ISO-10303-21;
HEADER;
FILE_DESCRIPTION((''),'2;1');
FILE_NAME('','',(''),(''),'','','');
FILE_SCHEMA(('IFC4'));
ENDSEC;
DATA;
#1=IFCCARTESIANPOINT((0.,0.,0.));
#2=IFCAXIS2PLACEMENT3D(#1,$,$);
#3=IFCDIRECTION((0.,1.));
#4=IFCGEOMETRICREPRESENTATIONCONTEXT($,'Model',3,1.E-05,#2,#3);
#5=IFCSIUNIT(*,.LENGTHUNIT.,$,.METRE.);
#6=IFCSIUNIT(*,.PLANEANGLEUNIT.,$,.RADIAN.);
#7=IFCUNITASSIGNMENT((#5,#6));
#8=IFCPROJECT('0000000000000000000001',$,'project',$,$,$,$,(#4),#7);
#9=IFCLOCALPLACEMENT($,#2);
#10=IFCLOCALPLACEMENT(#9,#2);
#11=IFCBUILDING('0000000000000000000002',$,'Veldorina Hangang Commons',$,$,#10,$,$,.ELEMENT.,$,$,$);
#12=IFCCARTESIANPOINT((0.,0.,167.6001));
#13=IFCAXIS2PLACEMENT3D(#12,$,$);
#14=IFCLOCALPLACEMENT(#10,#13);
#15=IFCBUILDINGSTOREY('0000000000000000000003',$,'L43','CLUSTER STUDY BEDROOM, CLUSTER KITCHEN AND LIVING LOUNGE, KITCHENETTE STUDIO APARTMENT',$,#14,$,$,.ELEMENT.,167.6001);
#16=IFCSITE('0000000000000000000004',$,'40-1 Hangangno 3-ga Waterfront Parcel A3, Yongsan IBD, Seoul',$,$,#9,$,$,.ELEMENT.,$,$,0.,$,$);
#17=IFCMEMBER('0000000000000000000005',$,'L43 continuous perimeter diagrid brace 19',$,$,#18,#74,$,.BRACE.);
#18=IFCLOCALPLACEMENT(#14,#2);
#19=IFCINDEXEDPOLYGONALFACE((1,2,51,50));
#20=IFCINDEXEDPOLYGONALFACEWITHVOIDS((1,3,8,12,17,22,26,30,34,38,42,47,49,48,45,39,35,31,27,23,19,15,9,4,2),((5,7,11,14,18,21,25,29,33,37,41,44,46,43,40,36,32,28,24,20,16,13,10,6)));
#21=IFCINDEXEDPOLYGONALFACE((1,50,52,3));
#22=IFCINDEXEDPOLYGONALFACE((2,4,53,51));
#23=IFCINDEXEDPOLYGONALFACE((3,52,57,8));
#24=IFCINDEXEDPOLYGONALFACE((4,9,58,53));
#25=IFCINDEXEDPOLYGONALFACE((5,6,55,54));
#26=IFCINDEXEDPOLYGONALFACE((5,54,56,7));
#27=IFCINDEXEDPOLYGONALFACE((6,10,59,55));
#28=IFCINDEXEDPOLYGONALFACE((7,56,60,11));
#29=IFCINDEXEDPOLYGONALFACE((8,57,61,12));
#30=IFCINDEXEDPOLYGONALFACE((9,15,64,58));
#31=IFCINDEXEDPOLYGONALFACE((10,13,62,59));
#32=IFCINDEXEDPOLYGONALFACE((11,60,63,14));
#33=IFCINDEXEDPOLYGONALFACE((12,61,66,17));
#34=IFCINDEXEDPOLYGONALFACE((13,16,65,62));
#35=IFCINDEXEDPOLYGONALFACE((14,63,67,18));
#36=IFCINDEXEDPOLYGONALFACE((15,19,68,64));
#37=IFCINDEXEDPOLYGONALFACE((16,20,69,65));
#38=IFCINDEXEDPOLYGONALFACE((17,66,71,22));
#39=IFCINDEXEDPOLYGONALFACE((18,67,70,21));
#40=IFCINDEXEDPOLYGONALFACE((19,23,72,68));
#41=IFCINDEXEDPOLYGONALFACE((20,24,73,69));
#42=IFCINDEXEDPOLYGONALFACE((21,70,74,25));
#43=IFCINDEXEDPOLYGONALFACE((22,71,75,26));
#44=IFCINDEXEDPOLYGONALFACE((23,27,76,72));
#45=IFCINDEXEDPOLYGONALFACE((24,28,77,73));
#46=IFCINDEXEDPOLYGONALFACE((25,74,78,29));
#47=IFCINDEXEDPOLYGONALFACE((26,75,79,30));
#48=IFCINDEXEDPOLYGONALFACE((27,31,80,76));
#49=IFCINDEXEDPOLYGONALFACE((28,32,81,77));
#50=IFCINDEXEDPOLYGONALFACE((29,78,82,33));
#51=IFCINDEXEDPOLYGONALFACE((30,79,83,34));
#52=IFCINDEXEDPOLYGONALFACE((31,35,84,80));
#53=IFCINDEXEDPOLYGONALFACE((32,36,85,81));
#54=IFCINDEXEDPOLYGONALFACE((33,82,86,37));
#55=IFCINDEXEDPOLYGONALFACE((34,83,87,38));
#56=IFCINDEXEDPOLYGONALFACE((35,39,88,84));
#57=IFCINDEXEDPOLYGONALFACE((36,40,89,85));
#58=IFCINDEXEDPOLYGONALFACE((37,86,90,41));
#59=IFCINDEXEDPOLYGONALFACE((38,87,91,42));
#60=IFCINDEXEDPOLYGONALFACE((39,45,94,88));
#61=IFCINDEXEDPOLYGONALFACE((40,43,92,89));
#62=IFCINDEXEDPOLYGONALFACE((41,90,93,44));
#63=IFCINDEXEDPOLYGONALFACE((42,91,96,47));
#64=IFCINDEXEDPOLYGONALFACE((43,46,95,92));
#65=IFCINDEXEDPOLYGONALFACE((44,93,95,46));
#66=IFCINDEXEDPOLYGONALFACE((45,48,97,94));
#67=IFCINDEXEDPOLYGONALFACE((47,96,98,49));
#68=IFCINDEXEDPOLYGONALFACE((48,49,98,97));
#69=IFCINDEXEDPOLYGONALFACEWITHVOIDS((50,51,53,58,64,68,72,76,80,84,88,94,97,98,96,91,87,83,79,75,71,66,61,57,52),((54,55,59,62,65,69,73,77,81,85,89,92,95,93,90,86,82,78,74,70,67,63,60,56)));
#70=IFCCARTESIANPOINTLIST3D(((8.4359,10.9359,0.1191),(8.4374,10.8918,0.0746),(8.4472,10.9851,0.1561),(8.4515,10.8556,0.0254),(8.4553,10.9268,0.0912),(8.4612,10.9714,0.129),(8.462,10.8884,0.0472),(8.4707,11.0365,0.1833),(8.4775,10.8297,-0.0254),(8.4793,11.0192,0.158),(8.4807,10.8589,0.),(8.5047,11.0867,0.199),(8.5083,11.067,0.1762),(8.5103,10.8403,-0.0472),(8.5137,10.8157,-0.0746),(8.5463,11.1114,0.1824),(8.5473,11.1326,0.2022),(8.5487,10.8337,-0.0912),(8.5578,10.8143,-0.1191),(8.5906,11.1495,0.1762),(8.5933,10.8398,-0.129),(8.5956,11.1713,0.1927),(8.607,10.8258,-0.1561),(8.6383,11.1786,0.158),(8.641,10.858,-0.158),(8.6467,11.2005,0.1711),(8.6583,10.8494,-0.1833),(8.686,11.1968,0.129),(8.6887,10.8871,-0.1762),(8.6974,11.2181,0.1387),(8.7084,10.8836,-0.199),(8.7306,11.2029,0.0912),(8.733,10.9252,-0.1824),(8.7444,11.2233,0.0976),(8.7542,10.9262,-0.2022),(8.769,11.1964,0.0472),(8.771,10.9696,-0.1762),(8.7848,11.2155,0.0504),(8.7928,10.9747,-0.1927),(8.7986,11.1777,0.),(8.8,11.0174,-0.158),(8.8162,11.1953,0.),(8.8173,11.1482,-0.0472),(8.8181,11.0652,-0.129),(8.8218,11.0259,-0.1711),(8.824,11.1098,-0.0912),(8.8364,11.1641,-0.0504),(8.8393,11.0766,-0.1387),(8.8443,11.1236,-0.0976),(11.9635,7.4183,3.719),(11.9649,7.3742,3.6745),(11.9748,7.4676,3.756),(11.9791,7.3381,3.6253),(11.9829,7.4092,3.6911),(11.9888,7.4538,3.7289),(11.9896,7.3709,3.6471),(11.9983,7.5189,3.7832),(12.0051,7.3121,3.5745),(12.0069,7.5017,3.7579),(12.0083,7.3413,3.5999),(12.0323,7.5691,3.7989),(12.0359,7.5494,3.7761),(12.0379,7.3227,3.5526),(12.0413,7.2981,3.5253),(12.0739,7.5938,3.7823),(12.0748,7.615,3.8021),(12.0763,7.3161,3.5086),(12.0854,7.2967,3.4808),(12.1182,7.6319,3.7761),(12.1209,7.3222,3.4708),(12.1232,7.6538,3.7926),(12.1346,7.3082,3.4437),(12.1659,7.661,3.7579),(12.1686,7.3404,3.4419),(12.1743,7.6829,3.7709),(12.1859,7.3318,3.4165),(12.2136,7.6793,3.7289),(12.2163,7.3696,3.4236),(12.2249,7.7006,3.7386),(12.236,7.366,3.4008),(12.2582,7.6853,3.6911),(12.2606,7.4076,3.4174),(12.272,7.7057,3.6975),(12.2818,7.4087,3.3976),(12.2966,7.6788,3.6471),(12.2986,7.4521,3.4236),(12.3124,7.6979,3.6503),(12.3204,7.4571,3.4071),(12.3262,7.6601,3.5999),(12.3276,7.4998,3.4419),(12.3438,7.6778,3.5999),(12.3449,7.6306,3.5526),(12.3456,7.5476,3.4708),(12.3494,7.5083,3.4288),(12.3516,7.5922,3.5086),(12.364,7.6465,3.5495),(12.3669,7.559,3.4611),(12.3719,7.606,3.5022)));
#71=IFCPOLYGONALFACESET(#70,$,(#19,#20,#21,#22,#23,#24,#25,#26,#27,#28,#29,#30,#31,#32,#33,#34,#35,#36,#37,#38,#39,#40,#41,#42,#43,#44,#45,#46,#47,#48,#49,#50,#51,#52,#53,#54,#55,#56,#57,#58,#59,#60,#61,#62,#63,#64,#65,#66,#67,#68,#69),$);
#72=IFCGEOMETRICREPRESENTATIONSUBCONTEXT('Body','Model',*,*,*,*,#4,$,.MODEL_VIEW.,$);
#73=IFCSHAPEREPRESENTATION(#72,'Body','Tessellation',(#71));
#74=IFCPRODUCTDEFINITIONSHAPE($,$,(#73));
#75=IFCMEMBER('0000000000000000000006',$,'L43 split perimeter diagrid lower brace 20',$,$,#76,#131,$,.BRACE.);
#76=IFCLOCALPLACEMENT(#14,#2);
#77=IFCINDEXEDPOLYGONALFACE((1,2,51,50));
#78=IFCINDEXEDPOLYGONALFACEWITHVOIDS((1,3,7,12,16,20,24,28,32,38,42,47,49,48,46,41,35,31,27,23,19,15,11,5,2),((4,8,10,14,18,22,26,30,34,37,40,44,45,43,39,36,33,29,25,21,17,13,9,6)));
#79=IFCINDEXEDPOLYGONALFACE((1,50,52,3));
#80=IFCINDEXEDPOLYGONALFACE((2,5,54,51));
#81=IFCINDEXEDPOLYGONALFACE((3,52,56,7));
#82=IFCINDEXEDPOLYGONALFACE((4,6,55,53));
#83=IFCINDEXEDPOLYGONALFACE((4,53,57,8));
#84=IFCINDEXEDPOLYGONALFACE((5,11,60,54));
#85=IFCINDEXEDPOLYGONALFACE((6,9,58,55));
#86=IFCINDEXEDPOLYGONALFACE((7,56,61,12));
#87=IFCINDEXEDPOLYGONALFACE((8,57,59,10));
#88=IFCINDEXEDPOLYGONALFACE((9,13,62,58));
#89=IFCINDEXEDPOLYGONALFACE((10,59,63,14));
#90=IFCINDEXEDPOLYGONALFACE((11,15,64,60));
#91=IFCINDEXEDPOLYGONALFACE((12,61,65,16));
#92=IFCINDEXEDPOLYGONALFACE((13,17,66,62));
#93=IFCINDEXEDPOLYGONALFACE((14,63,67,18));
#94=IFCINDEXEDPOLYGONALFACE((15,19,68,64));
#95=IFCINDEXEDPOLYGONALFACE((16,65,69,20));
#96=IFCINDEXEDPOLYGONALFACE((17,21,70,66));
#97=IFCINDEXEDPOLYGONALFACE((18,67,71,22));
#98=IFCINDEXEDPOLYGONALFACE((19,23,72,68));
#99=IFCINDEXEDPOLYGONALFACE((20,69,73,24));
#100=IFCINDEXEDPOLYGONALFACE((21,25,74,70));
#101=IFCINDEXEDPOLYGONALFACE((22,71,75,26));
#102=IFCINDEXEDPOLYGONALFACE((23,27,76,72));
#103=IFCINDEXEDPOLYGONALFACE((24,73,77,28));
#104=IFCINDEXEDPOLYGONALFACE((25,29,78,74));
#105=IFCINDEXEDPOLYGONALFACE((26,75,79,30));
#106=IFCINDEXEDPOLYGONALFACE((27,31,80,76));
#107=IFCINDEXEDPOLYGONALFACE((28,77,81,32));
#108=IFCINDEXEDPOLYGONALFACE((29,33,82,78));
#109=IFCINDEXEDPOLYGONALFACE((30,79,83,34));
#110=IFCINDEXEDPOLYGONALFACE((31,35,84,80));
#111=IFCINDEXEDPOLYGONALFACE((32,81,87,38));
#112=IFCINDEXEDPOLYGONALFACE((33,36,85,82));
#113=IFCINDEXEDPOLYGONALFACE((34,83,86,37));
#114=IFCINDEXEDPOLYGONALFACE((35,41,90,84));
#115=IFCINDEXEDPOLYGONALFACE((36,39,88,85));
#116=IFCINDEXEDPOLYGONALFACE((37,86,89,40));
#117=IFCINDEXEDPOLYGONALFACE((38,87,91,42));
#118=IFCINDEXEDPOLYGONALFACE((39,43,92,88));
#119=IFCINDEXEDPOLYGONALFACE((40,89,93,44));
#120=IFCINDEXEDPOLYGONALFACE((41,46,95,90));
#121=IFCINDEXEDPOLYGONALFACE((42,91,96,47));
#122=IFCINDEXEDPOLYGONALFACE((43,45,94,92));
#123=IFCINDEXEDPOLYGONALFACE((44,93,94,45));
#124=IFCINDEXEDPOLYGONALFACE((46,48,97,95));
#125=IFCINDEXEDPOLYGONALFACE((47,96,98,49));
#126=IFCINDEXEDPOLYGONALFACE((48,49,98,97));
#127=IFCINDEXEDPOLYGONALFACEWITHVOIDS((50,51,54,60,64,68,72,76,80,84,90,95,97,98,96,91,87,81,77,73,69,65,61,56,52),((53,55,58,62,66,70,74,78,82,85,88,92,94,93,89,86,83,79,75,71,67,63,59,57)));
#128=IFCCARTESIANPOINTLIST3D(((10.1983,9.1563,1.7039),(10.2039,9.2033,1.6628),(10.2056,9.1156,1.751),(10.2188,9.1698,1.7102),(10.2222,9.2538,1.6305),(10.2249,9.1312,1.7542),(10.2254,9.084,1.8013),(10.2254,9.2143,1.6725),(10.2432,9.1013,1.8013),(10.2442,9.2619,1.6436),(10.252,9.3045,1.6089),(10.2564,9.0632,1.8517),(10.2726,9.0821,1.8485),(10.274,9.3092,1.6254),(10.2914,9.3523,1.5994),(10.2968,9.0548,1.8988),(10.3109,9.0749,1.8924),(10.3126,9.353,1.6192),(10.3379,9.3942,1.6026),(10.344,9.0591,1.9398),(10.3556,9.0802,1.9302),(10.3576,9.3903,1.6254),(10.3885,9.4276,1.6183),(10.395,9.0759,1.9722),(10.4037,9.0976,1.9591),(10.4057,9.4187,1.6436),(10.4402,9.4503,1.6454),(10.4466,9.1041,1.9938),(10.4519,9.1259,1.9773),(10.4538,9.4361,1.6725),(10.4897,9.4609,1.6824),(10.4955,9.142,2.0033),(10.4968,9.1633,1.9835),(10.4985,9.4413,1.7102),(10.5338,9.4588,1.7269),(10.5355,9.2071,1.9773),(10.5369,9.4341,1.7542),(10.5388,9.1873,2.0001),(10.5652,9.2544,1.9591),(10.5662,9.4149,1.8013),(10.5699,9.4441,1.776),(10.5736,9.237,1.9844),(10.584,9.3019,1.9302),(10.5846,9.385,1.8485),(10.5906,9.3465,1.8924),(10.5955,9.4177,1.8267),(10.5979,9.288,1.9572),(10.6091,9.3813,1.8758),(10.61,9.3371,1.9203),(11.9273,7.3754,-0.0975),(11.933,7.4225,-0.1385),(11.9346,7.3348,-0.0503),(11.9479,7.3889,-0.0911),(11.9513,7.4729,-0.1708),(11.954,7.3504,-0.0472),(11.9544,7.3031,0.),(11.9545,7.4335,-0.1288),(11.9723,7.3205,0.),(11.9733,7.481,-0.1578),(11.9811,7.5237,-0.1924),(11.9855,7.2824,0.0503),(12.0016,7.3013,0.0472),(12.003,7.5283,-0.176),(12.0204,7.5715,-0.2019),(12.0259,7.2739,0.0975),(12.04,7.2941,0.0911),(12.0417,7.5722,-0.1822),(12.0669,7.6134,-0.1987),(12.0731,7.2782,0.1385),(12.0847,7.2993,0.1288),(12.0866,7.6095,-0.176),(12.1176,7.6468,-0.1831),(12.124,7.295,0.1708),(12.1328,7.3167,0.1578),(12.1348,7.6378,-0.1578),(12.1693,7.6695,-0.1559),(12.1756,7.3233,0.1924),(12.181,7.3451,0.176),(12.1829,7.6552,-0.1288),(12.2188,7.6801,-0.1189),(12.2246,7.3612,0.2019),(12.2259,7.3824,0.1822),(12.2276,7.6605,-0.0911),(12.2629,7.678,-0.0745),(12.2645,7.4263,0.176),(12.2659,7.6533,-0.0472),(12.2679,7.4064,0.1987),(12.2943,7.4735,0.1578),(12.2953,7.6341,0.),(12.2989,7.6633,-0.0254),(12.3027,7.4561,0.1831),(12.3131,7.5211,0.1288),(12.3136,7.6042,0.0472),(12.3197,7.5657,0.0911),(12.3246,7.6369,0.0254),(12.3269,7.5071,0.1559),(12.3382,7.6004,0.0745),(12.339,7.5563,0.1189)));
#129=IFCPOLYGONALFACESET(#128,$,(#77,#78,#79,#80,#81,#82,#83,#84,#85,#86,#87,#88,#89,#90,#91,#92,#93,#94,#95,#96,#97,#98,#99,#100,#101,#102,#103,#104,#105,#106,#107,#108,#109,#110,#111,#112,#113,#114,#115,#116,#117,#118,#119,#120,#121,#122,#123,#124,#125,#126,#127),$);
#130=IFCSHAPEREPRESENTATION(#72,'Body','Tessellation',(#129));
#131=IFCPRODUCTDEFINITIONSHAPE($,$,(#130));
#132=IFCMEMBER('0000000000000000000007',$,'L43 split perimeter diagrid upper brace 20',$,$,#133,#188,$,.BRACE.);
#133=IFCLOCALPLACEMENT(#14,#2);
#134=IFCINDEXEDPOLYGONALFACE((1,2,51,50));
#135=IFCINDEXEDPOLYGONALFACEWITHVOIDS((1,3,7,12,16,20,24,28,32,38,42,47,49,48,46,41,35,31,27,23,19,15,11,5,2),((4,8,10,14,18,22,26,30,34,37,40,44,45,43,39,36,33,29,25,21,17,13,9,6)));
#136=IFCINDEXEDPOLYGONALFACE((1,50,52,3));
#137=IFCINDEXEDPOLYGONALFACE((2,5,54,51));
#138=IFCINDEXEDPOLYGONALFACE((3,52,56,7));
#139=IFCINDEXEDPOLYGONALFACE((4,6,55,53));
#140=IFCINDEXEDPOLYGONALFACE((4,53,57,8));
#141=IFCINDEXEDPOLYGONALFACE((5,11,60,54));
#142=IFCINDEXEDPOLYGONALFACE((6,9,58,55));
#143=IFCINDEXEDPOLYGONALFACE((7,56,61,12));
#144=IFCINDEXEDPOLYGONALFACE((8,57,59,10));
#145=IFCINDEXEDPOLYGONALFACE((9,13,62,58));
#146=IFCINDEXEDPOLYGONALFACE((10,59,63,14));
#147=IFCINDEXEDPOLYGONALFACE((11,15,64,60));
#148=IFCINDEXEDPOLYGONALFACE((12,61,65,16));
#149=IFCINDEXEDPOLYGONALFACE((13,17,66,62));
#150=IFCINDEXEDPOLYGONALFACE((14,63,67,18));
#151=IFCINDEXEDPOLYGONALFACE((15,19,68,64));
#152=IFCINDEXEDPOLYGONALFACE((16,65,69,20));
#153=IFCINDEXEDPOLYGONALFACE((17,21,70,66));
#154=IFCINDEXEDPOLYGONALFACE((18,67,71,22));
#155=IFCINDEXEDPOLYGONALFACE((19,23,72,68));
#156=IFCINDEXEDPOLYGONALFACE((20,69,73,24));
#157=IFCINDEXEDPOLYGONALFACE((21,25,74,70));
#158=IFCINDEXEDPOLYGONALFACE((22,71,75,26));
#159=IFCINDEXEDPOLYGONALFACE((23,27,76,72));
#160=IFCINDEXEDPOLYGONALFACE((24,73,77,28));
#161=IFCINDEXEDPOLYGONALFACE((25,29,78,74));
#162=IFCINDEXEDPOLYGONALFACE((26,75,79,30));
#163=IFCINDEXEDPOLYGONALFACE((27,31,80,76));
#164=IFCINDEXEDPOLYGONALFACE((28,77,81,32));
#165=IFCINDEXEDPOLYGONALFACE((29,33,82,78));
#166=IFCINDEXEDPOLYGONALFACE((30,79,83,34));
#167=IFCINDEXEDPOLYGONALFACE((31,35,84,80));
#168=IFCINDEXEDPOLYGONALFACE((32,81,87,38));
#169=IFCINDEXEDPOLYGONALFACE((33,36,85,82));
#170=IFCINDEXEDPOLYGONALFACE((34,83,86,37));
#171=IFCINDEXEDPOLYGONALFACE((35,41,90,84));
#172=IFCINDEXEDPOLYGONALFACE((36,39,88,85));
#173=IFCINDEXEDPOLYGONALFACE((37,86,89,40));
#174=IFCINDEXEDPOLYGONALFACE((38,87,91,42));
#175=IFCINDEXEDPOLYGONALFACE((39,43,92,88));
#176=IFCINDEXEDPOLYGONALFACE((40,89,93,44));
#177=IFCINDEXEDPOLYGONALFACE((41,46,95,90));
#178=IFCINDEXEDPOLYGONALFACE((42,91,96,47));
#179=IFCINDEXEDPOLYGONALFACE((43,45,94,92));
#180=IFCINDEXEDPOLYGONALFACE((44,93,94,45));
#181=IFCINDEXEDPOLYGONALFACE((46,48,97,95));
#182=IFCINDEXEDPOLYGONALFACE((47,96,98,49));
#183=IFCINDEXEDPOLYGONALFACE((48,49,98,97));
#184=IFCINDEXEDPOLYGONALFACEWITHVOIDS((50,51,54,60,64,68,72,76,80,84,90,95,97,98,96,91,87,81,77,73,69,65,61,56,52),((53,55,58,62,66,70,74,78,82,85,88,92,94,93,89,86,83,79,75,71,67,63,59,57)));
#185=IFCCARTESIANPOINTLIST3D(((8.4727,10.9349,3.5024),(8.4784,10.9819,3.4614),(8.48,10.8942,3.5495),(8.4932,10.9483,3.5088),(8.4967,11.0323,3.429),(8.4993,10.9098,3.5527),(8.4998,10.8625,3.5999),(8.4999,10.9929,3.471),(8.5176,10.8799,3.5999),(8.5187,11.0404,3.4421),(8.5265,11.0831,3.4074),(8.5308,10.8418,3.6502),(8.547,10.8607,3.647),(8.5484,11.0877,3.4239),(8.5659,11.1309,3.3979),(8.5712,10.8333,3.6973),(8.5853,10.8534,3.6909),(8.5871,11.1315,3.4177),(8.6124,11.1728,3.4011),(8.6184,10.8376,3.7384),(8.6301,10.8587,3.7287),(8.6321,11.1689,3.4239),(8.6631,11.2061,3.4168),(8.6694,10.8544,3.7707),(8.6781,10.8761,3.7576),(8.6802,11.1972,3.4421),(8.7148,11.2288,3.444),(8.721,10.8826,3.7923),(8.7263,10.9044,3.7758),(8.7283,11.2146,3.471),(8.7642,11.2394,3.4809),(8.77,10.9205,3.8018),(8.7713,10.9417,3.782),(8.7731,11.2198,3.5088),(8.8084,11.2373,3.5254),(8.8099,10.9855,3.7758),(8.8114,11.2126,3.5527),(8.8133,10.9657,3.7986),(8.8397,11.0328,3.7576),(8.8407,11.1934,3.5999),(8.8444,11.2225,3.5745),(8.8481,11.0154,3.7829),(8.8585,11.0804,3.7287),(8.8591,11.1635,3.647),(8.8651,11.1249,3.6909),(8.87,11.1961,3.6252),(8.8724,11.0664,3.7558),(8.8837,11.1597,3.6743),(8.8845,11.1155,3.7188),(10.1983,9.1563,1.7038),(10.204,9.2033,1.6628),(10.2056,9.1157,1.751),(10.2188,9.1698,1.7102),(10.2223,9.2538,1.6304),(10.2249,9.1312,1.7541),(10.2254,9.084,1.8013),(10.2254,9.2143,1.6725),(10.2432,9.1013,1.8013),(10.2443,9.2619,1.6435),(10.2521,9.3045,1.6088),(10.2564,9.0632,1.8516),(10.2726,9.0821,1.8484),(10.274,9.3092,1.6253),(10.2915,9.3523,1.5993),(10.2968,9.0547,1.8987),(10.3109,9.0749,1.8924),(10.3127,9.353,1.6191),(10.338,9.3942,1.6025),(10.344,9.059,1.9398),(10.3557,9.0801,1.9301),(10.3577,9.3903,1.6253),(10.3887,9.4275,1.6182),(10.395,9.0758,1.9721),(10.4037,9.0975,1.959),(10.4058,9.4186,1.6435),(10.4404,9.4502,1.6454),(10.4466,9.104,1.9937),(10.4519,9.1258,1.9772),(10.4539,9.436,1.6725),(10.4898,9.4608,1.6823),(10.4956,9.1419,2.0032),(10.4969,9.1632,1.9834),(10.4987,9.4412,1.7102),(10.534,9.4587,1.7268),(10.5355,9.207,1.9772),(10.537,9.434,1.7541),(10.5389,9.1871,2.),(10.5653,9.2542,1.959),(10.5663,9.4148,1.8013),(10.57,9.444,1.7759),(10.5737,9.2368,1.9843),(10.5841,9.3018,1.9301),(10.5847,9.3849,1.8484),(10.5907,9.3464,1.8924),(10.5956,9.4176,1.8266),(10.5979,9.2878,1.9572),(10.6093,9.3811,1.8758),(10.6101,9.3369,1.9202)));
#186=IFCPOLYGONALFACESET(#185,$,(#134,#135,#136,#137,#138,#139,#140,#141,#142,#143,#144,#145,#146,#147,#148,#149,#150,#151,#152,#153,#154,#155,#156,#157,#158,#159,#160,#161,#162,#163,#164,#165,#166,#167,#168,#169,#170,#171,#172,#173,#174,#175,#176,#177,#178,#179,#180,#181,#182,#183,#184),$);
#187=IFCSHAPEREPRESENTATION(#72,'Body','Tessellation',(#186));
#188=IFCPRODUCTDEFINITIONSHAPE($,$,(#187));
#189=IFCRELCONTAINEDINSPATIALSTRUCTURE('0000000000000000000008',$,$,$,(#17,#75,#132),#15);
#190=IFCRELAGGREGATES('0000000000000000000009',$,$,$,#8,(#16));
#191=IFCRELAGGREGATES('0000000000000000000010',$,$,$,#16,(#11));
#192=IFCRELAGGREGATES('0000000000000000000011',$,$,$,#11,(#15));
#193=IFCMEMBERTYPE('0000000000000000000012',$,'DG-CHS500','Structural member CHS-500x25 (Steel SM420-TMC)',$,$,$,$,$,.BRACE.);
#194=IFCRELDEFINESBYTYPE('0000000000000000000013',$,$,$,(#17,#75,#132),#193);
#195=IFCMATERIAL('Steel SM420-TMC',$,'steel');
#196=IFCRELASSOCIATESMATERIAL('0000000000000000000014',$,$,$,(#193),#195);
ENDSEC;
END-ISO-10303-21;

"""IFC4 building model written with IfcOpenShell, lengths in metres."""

from ifc_helpers import new_model, si_unit, direction, frame, origin, origin_2d, place, context, subcontext, project, spatial, hollow_circle, extrude, material, material_profile, profile_set, type_object, element, save


model = new_model("IFC4")

# Units and contexts
model_context = context("Model", 3, precision=1e-05, world=origin(), true_north=direction((0.0, 1.0)))
body_context = subcontext(model_context, "Body", "Model", "MODEL_VIEW")
ifc_project = project(units=[si_unit("LENGTHUNIT", "METRE"), si_unit("PLANEANGLEUNIT", "RADIAN")], contexts=[model_context])

# Site, building, storey
site_placement = place(None, origin())
site = spatial("IfcSite", under=ifc_project, at=site_placement, Name="40-1 Hangangno 3-ga Waterfront Parcel A3, Yongsan IBD, Seoul", CompositionType="ELEMENT", RefElevation=0.0)
building_placement = place(site_placement, origin())
building = spatial("IfcBuilding", under=site, at=building_placement, Name="Veldorina Hangang Commons", CompositionType="ELEMENT")
storey_placement = place(building_placement, frame((0.0, 0.0, 167.6001)))
storey = spatial("IfcBuildingStorey", under=building, at=storey_placement, Name="L43", Description="CLUSTER STUDY BEDROOM, CLUSTER KITCHEN AND LIVING LOUNGE, KITCHENETTE STUDIO APARTMENT", CompositionType="ELEMENT", Elevation=167.6001)

# Shared definitions
ifc_material_1 = material(Name="Steel SM420-TMC", Category="steel")

# Members
ifc_material_profile_1 = material_profile(ifc_material_1, hollow_circle(Radius=0.25, WallThickness=0.0249, at=origin_2d()), Name="CHS-500x25")
ifc_profile_set_1 = profile_set([ifc_material_profile_1], Name="Steel SM420-TMC")
member_type = type_object("IfcMemberType", Name="DG-CHS500", Description="Structural member CHS-500x25 (Steel SM420-TMC)", PredefinedType="BRACE", material=ifc_profile_set_1)
member_1_placement = place(storey_placement, frame((8.6396, 11.0183, 0.0), z_axis=(0.573943, -0.572314, 0.585701), x_axis=(0.706101, 0.708111, 0.0)))
element("IfcMember", 1, at=member_1_placement, inside=storey, type_object=member_type, Name="L43 continuous perimeter diagrid brace 19", PredefinedType="BRACE", context=body_context, shape_type="SweptSolid", body=[
    extrude(hollow_circle(Radius=0.25, WallThickness=0.0249, at=origin_2d()), origin(), (0.0, 0.0, 1.0), 6.1462),
])
member_2_placement = place(storey_placement, frame((12.1338, 7.4773, 0.0), z_axis=(-0.563785, 0.580662, 0.587349), x_axis=(-0.717456, -0.696603, 0.0)))
element("IfcMember", 2, at=member_2_placement, inside=storey, type_object=member_type, Name="L43 split perimeter diagrid lower brace 20", PredefinedType="BRACE", context=body_context, shape_type="SweptSolid", body=[
    extrude(hollow_circle(Radius=0.25, WallThickness=0.0249, at=origin_2d()), origin(), (0.0, 0.0, 1.0), 3.0669),
])
member_3_placement = place(storey_placement, frame((10.4048, 9.2581, 1.8013), z_axis=(-0.563549, 0.580851, 0.587389), x_axis=(-0.717715, -0.696337, 0.0)))
element("IfcMember", 3, at=member_3_placement, inside=storey, type_object=member_type, Name="L43 split perimeter diagrid upper brace 20", PredefinedType="BRACE", context=body_context, shape_type="SweptSolid", body=[
    extrude(hollow_circle(Radius=0.25, WallThickness=0.0249, at=origin_2d()), origin(), (0.0, 0.0, 1.0), 3.062),
])

save(model, "model.ifc")
